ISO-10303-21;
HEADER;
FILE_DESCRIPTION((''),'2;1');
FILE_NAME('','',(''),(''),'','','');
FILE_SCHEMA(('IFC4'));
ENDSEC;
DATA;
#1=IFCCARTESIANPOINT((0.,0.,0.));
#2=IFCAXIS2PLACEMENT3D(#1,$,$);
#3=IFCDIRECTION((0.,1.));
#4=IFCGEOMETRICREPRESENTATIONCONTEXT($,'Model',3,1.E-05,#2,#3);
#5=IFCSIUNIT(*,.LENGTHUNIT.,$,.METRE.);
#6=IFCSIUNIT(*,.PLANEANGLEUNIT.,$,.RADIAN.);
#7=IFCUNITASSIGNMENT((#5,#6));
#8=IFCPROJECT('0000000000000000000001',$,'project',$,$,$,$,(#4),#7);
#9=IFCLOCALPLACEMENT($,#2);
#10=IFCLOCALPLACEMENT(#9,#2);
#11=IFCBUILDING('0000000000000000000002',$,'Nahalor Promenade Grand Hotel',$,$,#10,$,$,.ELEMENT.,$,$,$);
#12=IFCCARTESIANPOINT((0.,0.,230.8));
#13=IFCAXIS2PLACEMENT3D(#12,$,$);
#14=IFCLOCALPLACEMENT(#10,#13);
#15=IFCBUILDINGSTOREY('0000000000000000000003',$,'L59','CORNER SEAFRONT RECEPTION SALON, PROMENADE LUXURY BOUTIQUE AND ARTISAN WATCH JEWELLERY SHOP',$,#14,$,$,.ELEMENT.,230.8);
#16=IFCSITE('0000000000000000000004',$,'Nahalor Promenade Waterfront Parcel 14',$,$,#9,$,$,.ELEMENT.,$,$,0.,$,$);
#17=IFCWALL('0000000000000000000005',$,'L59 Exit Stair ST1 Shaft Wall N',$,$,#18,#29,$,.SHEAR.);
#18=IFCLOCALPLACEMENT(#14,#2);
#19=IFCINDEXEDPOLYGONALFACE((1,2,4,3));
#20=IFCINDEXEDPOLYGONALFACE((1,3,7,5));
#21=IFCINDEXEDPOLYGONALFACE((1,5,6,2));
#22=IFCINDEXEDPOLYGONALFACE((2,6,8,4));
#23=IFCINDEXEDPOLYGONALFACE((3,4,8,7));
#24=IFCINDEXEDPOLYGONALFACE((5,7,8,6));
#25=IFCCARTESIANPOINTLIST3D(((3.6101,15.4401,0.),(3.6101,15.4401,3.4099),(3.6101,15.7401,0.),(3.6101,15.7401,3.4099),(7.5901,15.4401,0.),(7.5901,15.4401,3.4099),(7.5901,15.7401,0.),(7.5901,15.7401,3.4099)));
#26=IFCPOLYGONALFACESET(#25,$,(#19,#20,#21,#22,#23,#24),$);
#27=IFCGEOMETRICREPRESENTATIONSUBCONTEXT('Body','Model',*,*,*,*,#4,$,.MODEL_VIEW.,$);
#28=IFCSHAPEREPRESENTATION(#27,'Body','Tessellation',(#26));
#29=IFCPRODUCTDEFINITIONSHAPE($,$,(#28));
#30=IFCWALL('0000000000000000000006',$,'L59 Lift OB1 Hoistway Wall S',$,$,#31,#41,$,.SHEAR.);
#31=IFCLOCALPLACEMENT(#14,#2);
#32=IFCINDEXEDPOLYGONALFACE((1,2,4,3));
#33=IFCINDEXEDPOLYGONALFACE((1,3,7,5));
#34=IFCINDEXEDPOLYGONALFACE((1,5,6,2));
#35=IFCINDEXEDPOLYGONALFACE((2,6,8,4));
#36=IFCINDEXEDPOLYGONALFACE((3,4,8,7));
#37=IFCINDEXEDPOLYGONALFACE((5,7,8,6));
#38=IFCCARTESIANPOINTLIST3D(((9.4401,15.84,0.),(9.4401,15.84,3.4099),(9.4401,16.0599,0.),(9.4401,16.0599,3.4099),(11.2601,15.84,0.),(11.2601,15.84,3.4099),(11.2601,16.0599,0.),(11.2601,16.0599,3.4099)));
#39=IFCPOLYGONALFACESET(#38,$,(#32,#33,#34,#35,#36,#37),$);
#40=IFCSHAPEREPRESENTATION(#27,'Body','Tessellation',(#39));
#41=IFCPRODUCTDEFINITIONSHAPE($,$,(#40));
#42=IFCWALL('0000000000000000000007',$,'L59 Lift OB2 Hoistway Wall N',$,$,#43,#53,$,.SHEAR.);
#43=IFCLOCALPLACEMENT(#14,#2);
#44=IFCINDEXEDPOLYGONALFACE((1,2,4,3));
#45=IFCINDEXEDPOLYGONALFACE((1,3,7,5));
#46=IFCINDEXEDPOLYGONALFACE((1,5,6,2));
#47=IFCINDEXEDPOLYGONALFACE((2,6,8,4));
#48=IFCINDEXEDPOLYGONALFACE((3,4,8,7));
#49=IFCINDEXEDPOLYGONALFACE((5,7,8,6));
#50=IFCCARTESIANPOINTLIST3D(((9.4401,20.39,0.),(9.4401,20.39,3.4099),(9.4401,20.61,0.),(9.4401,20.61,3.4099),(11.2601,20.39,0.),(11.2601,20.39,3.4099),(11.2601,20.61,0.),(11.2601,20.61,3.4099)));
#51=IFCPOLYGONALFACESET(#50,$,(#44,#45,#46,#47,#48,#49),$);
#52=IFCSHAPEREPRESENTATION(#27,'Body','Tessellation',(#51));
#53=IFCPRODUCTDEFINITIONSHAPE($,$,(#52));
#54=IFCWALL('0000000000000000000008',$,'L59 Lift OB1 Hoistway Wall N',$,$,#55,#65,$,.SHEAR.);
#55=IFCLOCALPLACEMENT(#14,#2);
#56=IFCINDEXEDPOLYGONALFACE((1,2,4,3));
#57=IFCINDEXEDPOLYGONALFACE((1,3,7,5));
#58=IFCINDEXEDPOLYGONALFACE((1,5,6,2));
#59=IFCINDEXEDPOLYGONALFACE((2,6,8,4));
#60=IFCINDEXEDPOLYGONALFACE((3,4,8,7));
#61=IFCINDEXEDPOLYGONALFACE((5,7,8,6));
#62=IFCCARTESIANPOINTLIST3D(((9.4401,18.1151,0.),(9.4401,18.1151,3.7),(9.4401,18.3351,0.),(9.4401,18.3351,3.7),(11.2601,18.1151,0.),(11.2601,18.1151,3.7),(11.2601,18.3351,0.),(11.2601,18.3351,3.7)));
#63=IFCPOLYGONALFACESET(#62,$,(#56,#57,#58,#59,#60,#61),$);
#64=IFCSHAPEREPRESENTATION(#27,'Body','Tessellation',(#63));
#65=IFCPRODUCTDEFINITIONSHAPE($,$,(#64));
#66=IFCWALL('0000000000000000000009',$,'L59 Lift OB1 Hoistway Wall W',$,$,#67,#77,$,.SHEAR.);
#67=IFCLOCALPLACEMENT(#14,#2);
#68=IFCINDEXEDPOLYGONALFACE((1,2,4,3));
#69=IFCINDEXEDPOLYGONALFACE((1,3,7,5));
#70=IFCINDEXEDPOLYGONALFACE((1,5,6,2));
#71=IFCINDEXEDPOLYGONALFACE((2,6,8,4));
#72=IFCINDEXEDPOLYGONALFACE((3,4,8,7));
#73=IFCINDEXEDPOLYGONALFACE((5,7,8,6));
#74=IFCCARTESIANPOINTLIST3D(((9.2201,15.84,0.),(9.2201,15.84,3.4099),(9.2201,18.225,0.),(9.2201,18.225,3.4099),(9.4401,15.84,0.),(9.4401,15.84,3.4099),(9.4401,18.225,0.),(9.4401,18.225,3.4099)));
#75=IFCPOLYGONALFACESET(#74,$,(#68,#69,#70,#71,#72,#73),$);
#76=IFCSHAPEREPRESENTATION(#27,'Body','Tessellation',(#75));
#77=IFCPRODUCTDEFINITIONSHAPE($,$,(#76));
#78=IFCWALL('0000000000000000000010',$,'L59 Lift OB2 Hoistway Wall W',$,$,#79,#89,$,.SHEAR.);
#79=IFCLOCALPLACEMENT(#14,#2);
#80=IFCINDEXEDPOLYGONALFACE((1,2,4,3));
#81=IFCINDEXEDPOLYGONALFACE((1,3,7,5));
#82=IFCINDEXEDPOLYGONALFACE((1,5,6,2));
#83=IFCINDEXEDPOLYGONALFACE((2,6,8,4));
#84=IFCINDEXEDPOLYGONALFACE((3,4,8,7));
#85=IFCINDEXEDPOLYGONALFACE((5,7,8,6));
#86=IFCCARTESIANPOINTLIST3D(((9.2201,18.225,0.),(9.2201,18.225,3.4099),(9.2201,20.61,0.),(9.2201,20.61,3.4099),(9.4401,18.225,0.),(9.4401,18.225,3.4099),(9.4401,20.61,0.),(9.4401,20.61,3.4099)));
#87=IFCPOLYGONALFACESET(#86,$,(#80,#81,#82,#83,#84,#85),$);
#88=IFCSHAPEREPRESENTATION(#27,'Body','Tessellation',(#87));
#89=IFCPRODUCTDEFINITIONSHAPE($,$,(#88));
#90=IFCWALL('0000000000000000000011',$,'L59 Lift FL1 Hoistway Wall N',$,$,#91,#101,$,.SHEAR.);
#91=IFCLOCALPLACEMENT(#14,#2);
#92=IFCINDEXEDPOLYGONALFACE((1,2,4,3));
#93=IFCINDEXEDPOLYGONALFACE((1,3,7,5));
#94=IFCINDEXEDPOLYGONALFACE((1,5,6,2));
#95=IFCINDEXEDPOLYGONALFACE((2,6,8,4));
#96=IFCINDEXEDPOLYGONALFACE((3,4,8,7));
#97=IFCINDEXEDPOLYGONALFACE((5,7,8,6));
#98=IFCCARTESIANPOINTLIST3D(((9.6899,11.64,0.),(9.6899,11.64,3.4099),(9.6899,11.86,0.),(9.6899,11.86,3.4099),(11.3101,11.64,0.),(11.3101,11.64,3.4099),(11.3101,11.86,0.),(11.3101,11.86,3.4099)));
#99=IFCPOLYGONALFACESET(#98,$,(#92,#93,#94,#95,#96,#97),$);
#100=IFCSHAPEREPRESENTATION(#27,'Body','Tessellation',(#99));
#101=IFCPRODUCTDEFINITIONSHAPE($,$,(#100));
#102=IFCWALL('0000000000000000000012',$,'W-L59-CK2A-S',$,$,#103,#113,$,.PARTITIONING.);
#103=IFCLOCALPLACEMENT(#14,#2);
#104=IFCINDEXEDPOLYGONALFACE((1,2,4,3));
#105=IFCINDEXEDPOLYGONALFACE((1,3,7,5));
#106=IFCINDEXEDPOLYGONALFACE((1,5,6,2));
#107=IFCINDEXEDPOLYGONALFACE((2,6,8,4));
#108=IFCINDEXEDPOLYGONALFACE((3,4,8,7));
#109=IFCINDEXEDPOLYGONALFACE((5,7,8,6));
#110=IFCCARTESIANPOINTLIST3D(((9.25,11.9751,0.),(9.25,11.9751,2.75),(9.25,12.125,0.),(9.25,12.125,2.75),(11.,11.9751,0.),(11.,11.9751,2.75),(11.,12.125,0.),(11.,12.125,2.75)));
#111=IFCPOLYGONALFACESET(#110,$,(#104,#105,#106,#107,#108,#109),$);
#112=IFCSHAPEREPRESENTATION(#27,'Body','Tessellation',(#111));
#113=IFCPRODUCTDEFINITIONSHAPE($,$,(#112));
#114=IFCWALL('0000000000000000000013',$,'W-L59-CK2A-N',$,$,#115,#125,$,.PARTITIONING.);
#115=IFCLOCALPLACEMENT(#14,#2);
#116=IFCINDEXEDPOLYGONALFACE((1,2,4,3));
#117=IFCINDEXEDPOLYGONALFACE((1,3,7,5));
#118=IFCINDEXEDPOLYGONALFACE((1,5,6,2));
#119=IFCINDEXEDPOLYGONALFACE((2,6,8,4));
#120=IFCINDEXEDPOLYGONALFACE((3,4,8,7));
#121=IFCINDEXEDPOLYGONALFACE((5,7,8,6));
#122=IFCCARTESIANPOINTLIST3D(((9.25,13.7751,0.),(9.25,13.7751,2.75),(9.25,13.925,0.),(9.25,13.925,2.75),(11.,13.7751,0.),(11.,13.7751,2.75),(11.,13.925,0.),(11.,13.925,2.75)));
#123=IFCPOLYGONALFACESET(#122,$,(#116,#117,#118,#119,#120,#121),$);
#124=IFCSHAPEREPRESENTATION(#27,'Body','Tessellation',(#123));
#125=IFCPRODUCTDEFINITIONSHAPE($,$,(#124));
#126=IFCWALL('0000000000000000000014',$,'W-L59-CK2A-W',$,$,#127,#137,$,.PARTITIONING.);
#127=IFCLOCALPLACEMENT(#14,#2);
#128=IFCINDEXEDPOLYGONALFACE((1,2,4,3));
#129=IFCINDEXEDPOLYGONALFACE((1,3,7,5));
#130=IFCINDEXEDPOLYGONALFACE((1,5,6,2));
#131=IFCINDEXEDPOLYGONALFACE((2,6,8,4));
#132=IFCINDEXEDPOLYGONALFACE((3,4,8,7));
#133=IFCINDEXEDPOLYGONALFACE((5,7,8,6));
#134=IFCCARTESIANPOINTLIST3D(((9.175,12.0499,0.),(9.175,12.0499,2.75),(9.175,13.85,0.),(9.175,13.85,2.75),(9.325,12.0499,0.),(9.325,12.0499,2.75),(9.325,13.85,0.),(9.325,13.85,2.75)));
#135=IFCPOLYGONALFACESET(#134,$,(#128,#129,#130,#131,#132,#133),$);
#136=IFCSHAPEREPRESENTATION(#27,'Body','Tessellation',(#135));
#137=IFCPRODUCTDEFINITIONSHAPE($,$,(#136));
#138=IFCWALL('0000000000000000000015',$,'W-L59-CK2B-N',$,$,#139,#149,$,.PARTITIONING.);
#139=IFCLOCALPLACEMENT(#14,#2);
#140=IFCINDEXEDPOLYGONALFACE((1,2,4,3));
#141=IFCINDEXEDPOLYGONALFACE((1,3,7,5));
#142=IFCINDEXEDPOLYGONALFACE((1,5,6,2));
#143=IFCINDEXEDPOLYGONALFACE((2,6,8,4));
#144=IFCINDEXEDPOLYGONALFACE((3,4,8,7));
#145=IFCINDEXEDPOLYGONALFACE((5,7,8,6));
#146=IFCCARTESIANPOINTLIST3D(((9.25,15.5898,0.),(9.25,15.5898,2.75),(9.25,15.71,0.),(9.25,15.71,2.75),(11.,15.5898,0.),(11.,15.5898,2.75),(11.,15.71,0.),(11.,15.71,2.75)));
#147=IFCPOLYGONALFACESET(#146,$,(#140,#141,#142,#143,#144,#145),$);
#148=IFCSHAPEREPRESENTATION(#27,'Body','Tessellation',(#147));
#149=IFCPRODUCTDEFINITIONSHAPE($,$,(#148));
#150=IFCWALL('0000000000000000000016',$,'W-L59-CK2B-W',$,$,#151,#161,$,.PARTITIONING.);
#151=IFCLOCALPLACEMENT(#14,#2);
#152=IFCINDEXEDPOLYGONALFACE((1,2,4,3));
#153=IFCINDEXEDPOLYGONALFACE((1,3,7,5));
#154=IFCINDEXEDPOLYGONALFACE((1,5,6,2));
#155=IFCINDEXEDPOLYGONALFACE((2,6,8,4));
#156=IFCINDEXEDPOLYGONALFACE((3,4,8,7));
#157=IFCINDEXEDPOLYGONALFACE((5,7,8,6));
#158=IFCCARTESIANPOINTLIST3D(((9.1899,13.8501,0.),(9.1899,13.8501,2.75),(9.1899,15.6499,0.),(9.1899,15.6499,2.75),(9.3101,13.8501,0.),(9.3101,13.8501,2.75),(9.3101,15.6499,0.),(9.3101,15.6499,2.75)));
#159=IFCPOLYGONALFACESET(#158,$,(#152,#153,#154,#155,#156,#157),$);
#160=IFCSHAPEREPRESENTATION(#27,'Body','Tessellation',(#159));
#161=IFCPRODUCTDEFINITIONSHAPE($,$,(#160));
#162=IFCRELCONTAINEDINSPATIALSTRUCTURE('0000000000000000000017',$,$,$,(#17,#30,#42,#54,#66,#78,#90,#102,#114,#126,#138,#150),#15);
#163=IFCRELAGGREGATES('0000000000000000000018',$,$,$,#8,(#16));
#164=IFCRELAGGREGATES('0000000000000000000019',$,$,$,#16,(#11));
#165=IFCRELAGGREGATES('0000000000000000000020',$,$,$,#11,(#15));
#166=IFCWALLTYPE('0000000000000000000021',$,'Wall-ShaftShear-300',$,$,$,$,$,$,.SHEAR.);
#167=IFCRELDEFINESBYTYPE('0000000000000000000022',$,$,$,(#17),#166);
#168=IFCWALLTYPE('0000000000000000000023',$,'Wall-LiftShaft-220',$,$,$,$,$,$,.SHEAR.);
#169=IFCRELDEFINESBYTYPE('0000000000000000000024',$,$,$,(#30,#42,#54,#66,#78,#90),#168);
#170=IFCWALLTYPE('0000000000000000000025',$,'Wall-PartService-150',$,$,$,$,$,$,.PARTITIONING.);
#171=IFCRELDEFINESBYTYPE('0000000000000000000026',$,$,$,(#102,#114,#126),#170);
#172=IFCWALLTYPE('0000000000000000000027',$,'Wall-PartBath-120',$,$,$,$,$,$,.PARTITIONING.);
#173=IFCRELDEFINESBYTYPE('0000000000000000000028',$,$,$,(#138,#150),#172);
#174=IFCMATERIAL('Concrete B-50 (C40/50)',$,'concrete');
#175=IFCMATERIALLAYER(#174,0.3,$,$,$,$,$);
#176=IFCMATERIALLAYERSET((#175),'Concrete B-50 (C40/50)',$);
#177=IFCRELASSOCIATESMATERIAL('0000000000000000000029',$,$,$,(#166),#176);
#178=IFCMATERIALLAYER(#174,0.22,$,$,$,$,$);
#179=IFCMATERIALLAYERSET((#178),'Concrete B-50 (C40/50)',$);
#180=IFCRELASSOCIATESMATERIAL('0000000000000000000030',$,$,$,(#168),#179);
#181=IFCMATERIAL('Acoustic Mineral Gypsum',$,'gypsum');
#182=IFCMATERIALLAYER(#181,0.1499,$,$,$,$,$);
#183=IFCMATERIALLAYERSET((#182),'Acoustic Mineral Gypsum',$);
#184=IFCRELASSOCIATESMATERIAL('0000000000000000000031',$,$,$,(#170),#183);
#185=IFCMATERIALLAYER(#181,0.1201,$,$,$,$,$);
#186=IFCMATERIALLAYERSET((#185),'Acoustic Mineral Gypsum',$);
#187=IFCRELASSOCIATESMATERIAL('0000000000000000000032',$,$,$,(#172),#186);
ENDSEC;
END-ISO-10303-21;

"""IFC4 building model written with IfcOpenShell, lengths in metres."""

from ifc_helpers import new_model, si_unit, direction, frame, frame_2d, origin, place, context, subcontext, project, spatial, rectangle, extrude, source, transform, mapped, material, layer, layer_set, type_object, element, save


model = new_model("IFC4")

# Units and contexts
model_context = context("Model", 3, precision=1e-05, world=origin(), true_north=direction((0.0, 1.0)))
body_context = subcontext(model_context, "Body", "Model", "MODEL_VIEW")
ifc_project = project(units=[si_unit("LENGTHUNIT", "METRE"), si_unit("PLANEANGLEUNIT", "RADIAN")], contexts=[model_context])

# Site, building, storey
site_placement = place(None, origin())
site = spatial("IfcSite", under=ifc_project, at=site_placement, Name="Nahalor Promenade Waterfront Parcel 14", CompositionType="ELEMENT", RefElevation=0.0)
building_placement = place(site_placement, origin())
building = spatial("IfcBuilding", under=site, at=building_placement, Name="Nahalor Promenade Grand Hotel", CompositionType="ELEMENT")
storey_placement = place(building_placement, frame((0.0, 0.0, 230.8)))
storey = spatial("IfcBuildingStorey", under=building, at=storey_placement, Name="L59", Description="CORNER SEAFRONT RECEPTION SALON, PROMENADE LUXURY BOUTIQUE AND ARTISAN WATCH JEWELLERY SHOP", CompositionType="ELEMENT", Elevation=230.8)

# Walls
ifc_material_1 = material(Name="Concrete B-50 (C40/50)", Category="concrete")
ifc_layer_1 = layer(ifc_material_1, 0.3)
ifc_layer_set_1 = layer_set([ifc_layer_1], Name="Concrete B-50 (C40/50)")
wall_type_1 = type_object("IfcWallType", Name="Wall-ShaftShear-300", PredefinedType="SHEAR", material=ifc_layer_set_1)
shared_shape_1 = source(origin(), body_context, "Body", "SweptSolid", [
    extrude(rectangle(XDim=3.98, YDim=0.3, at=frame_2d((1.99, 0.0))), origin(), (0.0, 0.0, 1.0), 3.4099),
])
wall_1_placement = place(storey_placement, frame((3.6101, 15.5901, 0.0), z_axis=(0.0, 0.0, 1.0), x_axis=(1.0, 0.0, 0.0)))
element("IfcWall", 1, at=wall_1_placement, inside=storey, type_object=wall_type_1, Name="L59 Exit Stair ST1 Shaft Wall N", PredefinedType="SHEAR", context=body_context, shape_type="MappedRepresentation", body=[
    mapped(shared_shape_1, transform((0.0, 0.0, 0.0), scale=1.0)),
])
ifc_layer_2 = layer(ifc_material_1, 0.22)
ifc_layer_set_2 = layer_set([ifc_layer_2], Name="Concrete B-50 (C40/50)")
wall_type_2 = type_object("IfcWallType", Name="Wall-LiftShaft-220", PredefinedType="SHEAR", material=ifc_layer_set_2)
shared_shape_2 = source(origin(), body_context, "Body", "SweptSolid", [
    extrude(rectangle(XDim=1.8201, YDim=0.22, at=frame_2d((0.9102, 0.0))), origin(), (0.0, 0.0, 1.0), 3.4099),
])
for number, where, z_axis, x_axis, name in (
    (2, (9.4399, 15.95, 0.0), (0.0, 0.0, 1.0), (1.0, 0.0, 0.0), "L59 Lift OB1 Hoistway Wall S"),
    (3, (9.4399, 20.5, 0.0), (0.0, 0.0, 1.0), (1.0, 0.0, 0.0), "L59 Lift OB2 Hoistway Wall N"),
):
    element("IfcWall", number, at=place(storey_placement, frame(where, z_axis=z_axis, x_axis=x_axis)), inside=storey, type_object=wall_type_2, Name=name, PredefinedType="SHEAR", context=body_context, shape_type="MappedRepresentation", body=[
        mapped(shared_shape_2, transform((0.0, 0.0, 0.0), scale=1.0)),
    ])
shared_shape_3 = source(origin(), body_context, "Body", "SweptSolid", [
    extrude(rectangle(XDim=1.8201, YDim=0.22, at=frame_2d((0.9102, 0.0))), origin(), (0.0, 0.0, 1.0), 3.7),
])
wall_2_placement = place(storey_placement, frame((9.4399, 18.2251, 0.0), z_axis=(0.0, 0.0, 1.0), x_axis=(1.0, 0.0, 0.0)))
element("IfcWall", 4, at=wall_2_placement, inside=storey, type_object=wall_type_2, Name="L59 Lift OB1 Hoistway Wall N", PredefinedType="SHEAR", context=body_context, shape_type="MappedRepresentation", body=[
    mapped(shared_shape_3, transform((0.0, 0.0, 0.0), scale=1.0)),
])
shared_shape_4 = source(origin(), body_context, "Body", "SweptSolid", [
    extrude(rectangle(XDim=2.385, YDim=0.22, at=frame_2d((1.1924, 0.0))), origin(), (0.0, 0.0, 1.0), 3.4099),
])
for number, where, z_axis, x_axis, name in (
    (5, (9.3301, 15.8401, 0.0), (0.0, 0.0, 1.0), (0.0, 1.0, 0.0), "L59 Lift OB1 Hoistway Wall W"),
    (6, (9.3301, 18.2251, 0.0), (0.0, 0.0, 1.0), (0.0, 1.0, 0.0), "L59 Lift OB2 Hoistway Wall W"),
):
    element("IfcWall", number, at=place(storey_placement, frame(where, z_axis=z_axis, x_axis=x_axis)), inside=storey, type_object=wall_type_2, Name=name, PredefinedType="SHEAR", context=body_context, shape_type="MappedRepresentation", body=[
        mapped(shared_shape_4, transform((0.0, 0.0, 0.0), scale=1.0)),
    ])
shared_shape_5 = source(origin(), body_context, "Body", "SweptSolid", [
    extrude(rectangle(XDim=1.6201, YDim=0.22, at=frame_2d((0.8101, 0.0))), origin(), (0.0, 0.0, 1.0), 3.4099),
])
wall_3_placement = place(storey_placement, frame((9.6899, 11.75, 0.0), z_axis=(0.0, 0.0, 1.0), x_axis=(1.0, 0.0, 0.0)))
element("IfcWall", 7, at=wall_3_placement, inside=storey, type_object=wall_type_2, Name="L59 Lift FL1 Hoistway Wall N", PredefinedType="SHEAR", context=body_context, shape_type="MappedRepresentation", body=[
    mapped(shared_shape_5, transform((0.0, 0.0, 0.0), scale=1.0)),
])
ifc_material_2 = material(Name="Acoustic Mineral Gypsum", Category="gypsum")
ifc_layer_3 = layer(ifc_material_2, 0.1499)
ifc_layer_set_3 = layer_set([ifc_layer_3], Name="Acoustic Mineral Gypsum")
wall_type_3 = type_object("IfcWallType", Name="Wall-PartService-150", PredefinedType="PARTITIONING", material=ifc_layer_set_3)
shared_shape_6 = source(origin(), body_context, "Body", "SweptSolid", [
    extrude(rectangle(XDim=1.75, YDim=0.1499, at=frame_2d((0.875, 0.0))), origin(), (0.0, 0.0, 1.0), 2.75),
])
for number, where, z_axis, x_axis, name in (
    (8, (9.25, 12.05, 0.0), (0.0, 0.0, 1.0), (1.0, 0.0, 0.0), "W-L59-CK2A-S"),
    (9, (9.25, 13.8501, 0.0), (0.0, 0.0, 1.0), (1.0, 0.0, 0.0), "W-L59-CK2A-N"),
):
    element("IfcWall", number, at=place(storey_placement, frame(where, z_axis=z_axis, x_axis=x_axis)), inside=storey, type_object=wall_type_3, Name=name, PredefinedType="PARTITIONING", context=body_context, shape_type="MappedRepresentation", body=[
        mapped(shared_shape_6, transform((0.0, 0.0, 0.0), scale=1.0)),
    ])
shared_shape_7 = source(origin(), body_context, "Body", "SweptSolid", [
    extrude(rectangle(XDim=1.8, YDim=0.1499, at=frame_2d((0.8999, 0.0))), origin(), (0.0, 0.0, 1.0), 2.75),
])
wall_4_placement = place(storey_placement, frame((9.25, 12.05, 0.0), z_axis=(0.0, 0.0, 1.0), x_axis=(0.0, 1.0, 0.0)))
element("IfcWall", 10, at=wall_4_placement, inside=storey, type_object=wall_type_3, Name="W-L59-CK2A-W", PredefinedType="PARTITIONING", context=body_context, shape_type="MappedRepresentation", body=[
    mapped(shared_shape_7, transform((0.0, 0.0, 0.0), scale=1.0)),
])
ifc_layer_4 = layer(ifc_material_2, 0.1201)
ifc_layer_set_4 = layer_set([ifc_layer_4], Name="Acoustic Mineral Gypsum")
wall_type_4 = type_object("IfcWallType", Name="Wall-PartBath-120", PredefinedType="PARTITIONING", material=ifc_layer_set_4)
shared_shape_8 = source(origin(), body_context, "Body", "SweptSolid", [
    extrude(rectangle(XDim=1.75, YDim=0.1201, at=frame_2d((0.875, 0.0))), origin(), (0.0, 0.0, 1.0), 2.75),
])
wall_5_placement = place(storey_placement, frame((9.25, 15.6499, 0.0), z_axis=(0.0, 0.0, 1.0), x_axis=(1.0, 0.0, 0.0)))
element("IfcWall", 11, at=wall_5_placement, inside=storey, type_object=wall_type_4, Name="W-L59-CK2B-N", PredefinedType="PARTITIONING", context=body_context, shape_type="MappedRepresentation", body=[
    mapped(shared_shape_8, transform((0.0, 0.0, 0.0), scale=1.0)),
])
shared_shape_9 = source(origin(), body_context, "Body", "SweptSolid", [
    extrude(rectangle(XDim=1.7998, YDim=0.1201, at=frame_2d((0.8999, 0.0))), origin(), (0.0, 0.0, 1.0), 2.75),
])
wall_6_placement = place(storey_placement, frame((9.25, 13.8501, 0.0), z_axis=(0.0, 0.0, 1.0), x_axis=(0.0, 1.0, 0.0)))
element("IfcWall", 12, at=wall_6_placement, inside=storey, type_object=wall_type_4, Name="W-L59-CK2B-W", PredefinedType="PARTITIONING", context=body_context, shape_type="MappedRepresentation", body=[
    mapped(shared_shape_9, transform((0.0, 0.0, 0.0), scale=1.0)),
])

save(model, "model.ifc")
